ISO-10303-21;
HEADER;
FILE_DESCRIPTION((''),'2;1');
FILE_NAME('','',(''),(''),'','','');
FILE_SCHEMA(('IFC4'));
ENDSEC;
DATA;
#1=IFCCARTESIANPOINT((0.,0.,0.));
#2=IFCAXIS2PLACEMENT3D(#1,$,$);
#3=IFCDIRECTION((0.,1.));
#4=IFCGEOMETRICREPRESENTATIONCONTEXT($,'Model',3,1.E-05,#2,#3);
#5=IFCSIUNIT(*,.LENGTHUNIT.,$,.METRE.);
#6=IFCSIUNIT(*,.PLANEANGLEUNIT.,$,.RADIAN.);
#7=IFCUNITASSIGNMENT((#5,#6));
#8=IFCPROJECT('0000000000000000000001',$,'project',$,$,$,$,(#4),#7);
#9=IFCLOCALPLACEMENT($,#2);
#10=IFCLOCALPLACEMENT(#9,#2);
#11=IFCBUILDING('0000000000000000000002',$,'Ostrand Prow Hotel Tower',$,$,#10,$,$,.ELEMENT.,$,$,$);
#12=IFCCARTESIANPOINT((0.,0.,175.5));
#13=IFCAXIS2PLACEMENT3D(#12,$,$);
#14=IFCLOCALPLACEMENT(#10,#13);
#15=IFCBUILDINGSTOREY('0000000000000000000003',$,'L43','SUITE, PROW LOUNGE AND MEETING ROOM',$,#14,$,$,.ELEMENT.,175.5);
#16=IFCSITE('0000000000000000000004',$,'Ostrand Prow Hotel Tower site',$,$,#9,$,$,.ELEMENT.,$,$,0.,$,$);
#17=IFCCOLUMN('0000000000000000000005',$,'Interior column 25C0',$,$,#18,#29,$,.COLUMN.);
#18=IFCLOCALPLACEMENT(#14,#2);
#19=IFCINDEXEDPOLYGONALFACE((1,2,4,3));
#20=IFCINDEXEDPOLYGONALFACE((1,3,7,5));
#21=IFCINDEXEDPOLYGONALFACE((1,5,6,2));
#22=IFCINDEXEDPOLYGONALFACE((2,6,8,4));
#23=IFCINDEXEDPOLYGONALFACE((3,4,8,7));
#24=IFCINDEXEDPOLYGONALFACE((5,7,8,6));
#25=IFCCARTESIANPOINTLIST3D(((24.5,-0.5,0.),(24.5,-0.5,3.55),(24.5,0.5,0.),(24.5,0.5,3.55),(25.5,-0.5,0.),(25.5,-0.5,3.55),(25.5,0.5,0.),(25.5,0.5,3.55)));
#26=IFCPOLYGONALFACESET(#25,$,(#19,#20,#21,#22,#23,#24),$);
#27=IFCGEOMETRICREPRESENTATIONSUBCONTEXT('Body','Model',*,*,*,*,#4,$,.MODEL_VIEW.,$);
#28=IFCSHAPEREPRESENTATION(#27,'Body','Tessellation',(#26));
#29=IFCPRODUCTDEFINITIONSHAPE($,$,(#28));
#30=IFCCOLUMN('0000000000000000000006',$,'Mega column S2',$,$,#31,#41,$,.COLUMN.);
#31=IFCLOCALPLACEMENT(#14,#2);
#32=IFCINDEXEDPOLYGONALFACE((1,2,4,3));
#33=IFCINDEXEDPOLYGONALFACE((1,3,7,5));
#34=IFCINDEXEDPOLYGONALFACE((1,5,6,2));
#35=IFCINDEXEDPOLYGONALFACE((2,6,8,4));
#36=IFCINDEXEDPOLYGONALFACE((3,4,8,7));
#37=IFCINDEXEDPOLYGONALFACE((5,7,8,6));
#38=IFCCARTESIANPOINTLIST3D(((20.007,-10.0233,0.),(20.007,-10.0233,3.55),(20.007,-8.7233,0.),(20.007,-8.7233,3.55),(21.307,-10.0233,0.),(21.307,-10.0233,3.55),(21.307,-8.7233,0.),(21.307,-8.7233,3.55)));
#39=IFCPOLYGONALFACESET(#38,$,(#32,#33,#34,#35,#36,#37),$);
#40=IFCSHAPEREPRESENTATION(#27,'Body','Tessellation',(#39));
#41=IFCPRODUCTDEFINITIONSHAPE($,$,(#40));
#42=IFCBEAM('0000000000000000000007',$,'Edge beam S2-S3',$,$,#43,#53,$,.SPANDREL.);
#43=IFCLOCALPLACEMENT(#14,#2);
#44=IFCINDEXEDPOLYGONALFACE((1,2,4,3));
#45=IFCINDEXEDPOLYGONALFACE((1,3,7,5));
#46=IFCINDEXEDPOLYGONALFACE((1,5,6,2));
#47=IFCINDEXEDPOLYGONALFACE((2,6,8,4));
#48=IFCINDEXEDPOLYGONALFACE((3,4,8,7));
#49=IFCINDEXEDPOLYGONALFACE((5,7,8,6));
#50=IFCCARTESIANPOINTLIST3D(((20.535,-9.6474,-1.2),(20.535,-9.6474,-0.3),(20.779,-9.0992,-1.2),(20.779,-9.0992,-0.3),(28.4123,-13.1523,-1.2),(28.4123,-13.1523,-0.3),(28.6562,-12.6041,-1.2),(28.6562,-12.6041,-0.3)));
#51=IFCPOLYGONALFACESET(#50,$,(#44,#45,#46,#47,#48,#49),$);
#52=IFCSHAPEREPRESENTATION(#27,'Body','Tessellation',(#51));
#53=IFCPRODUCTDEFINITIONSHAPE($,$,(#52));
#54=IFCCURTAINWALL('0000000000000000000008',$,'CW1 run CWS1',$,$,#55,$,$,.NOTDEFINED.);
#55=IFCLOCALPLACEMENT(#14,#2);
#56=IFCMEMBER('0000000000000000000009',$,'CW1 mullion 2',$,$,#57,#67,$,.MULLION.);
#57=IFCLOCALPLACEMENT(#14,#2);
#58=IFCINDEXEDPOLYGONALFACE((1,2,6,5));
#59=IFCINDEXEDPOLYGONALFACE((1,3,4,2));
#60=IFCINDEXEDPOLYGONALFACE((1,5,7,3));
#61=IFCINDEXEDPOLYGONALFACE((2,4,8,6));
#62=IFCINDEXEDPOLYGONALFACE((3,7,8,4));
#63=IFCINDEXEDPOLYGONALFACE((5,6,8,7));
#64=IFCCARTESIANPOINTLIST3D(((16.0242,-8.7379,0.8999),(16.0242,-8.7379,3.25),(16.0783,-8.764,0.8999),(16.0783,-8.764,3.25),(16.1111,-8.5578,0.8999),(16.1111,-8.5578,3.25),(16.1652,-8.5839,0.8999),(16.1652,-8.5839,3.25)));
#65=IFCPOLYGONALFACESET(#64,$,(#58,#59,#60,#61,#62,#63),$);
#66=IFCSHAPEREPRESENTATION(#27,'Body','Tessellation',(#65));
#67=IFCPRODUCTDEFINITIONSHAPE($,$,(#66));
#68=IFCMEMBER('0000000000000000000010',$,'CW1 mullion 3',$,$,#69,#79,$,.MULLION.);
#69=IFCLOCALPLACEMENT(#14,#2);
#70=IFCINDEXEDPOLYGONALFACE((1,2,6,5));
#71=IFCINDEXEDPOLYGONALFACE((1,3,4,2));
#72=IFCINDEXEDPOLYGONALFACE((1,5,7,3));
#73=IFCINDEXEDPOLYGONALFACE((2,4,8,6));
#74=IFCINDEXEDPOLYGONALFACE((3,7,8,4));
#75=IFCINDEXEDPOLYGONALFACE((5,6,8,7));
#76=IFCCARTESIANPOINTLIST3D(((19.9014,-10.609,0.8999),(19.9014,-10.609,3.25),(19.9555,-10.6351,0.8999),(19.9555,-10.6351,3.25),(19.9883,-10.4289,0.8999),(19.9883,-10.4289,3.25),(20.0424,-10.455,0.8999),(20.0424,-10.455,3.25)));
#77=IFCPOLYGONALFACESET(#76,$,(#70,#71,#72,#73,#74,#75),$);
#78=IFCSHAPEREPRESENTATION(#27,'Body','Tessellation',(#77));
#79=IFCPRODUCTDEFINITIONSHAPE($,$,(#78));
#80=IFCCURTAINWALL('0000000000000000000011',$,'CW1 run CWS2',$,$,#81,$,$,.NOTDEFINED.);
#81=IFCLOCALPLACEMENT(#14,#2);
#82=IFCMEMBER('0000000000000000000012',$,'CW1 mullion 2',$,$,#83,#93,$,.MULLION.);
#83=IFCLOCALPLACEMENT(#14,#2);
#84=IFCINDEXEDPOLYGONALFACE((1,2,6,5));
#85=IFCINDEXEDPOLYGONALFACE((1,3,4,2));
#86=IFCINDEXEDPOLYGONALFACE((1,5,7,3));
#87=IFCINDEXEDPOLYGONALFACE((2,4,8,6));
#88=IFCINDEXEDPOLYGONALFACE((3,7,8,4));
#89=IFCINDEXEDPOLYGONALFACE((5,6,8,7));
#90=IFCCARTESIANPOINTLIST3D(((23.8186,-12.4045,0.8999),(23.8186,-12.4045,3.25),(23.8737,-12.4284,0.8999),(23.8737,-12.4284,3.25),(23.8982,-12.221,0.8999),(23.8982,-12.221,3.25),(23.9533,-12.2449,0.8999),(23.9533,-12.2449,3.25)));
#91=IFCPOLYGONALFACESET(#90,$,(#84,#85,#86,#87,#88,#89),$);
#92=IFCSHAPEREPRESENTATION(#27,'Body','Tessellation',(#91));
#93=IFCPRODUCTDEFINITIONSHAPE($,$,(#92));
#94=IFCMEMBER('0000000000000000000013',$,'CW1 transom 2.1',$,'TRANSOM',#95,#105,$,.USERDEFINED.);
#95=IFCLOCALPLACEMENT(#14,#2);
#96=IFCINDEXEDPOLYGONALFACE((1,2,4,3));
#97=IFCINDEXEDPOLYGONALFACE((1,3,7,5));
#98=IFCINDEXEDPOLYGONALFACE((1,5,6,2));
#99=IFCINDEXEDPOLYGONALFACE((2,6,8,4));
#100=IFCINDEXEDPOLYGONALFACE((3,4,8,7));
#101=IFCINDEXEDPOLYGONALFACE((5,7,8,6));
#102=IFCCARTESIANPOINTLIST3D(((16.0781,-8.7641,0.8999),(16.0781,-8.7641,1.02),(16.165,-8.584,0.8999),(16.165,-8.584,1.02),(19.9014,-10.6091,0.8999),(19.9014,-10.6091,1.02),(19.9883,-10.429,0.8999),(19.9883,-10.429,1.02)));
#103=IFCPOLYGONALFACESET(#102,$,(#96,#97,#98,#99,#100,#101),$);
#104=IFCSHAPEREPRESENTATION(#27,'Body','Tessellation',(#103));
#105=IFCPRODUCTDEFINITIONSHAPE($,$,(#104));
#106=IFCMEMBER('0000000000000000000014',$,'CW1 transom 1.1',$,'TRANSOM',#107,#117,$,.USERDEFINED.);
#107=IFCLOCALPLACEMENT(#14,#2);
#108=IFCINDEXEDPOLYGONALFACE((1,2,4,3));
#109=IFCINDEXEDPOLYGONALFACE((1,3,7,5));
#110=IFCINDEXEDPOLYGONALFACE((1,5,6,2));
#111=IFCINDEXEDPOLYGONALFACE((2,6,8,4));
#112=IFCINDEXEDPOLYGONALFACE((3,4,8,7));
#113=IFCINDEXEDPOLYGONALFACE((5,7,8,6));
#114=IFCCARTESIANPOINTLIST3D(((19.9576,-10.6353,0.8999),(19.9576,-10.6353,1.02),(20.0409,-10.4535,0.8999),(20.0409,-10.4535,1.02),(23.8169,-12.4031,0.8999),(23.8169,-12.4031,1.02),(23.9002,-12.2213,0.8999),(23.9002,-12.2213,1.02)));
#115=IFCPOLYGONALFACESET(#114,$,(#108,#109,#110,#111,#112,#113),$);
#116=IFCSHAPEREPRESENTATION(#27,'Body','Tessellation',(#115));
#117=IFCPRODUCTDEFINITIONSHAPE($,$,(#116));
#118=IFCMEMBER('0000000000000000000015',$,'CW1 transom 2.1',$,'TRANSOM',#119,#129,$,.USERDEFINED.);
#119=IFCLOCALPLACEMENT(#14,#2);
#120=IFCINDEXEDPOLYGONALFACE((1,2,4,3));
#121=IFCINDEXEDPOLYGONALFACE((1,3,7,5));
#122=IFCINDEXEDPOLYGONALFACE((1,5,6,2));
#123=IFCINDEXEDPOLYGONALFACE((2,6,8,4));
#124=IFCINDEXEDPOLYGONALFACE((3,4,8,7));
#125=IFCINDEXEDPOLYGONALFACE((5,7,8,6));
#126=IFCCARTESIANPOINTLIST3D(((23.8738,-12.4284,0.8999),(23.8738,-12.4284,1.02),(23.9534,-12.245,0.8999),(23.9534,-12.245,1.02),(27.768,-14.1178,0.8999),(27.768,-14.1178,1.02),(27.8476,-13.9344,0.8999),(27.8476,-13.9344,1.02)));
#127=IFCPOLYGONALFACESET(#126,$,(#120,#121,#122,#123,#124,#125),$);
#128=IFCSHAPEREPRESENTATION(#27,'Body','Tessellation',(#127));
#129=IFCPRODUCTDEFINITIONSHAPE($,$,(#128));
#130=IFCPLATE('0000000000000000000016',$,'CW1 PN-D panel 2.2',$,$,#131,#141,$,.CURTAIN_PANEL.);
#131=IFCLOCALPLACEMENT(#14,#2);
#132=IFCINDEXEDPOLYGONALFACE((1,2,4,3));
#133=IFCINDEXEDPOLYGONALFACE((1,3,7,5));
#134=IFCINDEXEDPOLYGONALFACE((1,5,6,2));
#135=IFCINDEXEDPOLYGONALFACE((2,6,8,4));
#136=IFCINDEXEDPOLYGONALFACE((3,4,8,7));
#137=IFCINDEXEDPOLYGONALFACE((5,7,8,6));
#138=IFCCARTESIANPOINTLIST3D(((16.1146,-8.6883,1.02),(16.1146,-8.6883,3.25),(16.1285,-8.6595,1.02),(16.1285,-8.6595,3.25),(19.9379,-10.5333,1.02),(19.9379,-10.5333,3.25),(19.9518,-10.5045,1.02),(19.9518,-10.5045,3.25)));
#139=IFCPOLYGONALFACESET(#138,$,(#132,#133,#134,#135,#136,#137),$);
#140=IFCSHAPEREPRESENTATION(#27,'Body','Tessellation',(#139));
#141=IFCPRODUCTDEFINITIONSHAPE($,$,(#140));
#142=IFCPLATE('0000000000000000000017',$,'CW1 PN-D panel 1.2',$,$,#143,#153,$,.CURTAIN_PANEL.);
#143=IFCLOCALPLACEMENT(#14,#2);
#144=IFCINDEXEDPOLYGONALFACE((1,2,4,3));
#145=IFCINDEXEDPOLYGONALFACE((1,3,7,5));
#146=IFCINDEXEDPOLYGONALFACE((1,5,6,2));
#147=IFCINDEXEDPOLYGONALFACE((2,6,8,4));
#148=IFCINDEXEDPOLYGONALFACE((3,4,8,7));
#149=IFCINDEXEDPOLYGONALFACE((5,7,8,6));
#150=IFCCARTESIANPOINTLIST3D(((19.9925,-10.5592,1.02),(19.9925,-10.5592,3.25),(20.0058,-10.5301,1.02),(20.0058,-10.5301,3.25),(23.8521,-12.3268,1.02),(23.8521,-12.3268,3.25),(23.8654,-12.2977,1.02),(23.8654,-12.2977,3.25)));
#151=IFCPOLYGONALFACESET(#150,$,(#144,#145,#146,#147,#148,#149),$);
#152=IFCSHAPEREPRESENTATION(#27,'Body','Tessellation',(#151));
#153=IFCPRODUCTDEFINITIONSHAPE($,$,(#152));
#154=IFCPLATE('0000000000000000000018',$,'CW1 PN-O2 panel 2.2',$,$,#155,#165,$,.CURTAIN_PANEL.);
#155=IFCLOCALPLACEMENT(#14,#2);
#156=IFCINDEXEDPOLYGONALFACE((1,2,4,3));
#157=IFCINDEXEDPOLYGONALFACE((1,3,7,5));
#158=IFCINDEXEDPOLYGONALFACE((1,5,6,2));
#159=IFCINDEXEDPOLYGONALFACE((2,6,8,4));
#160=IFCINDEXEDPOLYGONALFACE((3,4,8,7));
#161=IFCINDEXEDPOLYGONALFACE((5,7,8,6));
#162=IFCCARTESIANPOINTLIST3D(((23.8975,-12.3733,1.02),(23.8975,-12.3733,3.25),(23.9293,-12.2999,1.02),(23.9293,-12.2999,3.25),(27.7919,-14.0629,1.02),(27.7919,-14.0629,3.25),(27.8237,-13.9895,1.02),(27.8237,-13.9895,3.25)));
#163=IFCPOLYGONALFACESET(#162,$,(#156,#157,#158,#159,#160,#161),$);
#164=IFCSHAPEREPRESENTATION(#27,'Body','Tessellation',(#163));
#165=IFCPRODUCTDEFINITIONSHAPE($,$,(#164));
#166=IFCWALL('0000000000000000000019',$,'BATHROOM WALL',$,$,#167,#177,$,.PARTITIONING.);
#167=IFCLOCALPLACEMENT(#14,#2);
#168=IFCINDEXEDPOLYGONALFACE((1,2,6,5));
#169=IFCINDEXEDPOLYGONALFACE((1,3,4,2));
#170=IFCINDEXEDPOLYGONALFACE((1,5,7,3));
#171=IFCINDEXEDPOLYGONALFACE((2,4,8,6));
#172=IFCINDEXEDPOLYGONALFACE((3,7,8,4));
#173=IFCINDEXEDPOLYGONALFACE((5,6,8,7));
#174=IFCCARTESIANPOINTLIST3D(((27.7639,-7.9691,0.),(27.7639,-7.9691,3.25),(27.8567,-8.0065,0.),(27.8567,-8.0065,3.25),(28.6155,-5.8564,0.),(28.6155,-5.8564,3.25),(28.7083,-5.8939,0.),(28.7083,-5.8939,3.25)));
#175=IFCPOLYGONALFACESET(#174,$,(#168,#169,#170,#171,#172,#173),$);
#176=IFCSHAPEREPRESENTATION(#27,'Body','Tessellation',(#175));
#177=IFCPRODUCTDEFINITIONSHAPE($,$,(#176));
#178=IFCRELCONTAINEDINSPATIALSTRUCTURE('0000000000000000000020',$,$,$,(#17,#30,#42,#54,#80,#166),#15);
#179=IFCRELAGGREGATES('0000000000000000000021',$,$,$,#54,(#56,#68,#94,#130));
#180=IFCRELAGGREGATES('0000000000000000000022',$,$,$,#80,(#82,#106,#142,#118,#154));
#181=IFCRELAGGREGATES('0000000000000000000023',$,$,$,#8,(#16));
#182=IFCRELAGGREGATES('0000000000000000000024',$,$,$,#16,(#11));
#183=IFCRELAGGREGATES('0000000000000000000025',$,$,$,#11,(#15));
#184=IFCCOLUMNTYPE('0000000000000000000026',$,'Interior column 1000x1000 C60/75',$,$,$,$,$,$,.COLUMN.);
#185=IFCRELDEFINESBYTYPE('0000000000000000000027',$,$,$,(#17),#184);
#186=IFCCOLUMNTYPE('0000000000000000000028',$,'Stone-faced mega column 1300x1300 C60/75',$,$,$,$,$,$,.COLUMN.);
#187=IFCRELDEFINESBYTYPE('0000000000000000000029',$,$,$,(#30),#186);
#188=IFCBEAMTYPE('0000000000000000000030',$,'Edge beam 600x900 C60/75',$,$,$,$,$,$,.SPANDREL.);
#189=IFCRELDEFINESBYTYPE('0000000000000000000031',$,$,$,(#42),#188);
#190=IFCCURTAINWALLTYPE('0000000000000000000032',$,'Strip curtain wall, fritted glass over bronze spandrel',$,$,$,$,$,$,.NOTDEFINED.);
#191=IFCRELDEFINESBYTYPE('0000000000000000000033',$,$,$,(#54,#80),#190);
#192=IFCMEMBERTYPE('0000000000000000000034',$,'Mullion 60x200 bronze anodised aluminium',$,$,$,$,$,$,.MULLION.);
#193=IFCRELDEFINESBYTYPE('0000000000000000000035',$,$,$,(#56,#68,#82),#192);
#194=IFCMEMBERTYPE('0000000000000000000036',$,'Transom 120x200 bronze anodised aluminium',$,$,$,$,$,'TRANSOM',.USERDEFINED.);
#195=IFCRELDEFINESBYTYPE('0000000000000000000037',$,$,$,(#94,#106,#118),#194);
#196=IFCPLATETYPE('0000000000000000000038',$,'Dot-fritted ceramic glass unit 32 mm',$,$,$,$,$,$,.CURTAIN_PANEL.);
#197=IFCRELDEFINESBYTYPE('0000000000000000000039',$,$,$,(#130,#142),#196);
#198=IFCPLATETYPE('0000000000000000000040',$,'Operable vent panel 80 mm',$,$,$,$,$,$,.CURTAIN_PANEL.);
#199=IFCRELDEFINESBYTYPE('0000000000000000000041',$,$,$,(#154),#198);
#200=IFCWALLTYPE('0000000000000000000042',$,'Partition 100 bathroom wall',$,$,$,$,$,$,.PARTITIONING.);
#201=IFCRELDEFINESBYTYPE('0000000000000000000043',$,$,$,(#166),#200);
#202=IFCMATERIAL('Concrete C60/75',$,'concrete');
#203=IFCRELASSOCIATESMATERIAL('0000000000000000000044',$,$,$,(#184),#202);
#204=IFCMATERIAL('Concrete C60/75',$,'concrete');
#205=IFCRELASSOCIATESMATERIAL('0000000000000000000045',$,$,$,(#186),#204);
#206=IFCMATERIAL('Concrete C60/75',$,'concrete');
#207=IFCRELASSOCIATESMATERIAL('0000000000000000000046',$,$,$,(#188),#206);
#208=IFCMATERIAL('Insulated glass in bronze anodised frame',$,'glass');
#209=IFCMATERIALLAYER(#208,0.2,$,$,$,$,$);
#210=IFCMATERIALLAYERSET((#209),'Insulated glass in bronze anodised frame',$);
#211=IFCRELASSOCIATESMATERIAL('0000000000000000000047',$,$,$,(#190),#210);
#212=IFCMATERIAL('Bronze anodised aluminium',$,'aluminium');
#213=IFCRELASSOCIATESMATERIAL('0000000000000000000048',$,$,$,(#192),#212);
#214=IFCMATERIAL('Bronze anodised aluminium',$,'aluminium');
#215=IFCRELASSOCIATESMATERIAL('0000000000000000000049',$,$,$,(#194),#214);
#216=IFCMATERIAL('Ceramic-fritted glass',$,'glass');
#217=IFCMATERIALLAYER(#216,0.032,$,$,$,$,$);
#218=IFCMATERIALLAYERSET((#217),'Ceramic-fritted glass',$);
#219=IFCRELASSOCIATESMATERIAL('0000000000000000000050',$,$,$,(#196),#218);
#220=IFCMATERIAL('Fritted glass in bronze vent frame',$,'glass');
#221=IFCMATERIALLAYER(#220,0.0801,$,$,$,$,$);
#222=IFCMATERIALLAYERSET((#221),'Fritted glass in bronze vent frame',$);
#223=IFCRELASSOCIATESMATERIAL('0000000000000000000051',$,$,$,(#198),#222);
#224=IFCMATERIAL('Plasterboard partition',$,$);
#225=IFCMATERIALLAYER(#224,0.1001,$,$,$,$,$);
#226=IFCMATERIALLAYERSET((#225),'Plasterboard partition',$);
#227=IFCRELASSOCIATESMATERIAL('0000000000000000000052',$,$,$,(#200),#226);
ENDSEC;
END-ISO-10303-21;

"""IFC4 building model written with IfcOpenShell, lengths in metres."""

from ifc_helpers import new_model, si_unit, direction, frame, frame_2d, origin, origin_2d, place, context, subcontext, project, spatial, rectangle, extrude, material, layer, layer_set, material_profile, profile_set, type_object, element, aggregate, save


model = new_model("IFC4")

# Units and contexts
model_context = context("Model", 3, precision=1e-05, world=origin(), true_north=direction((0.0, 1.0)))
body_context = subcontext(model_context, "Body", "Model", "MODEL_VIEW")
ifc_project = project(units=[si_unit("LENGTHUNIT", "METRE"), si_unit("PLANEANGLEUNIT", "RADIAN")], contexts=[model_context])

# Site, building, storey
site_placement = place(None, origin())
site = spatial("IfcSite", under=ifc_project, at=site_placement, Name="Ostrand Prow Hotel Tower site", CompositionType="ELEMENT", RefElevation=0.0)
building_placement = place(site_placement, origin())
building = spatial("IfcBuilding", under=site, at=building_placement, Name="Ostrand Prow Hotel Tower", CompositionType="ELEMENT")
storey_placement = place(building_placement, frame((0.0, 0.0, 175.5)))
storey = spatial("IfcBuildingStorey", under=building, at=storey_placement, Name="L43", Description="SUITE, PROW LOUNGE AND MEETING ROOM", CompositionType="ELEMENT", Elevation=175.5)

# Columns
ifc_material_1 = material(Name="Concrete C60/75", Category="concrete")
ifc_material_profile_1 = material_profile(ifc_material_1, rectangle(XDim=1.0, YDim=1.0, at=origin_2d()), Name="RC 1000x1000")
ifc_profile_set_1 = profile_set([ifc_material_profile_1], Name="Concrete C60/75")
column_type_1 = type_object("IfcColumnType", Name="Interior column 1000x1000 C60/75", PredefinedType="COLUMN", material=ifc_profile_set_1)
column_1_placement = place(storey_placement, frame((25.0, 0.0, 0.0), z_axis=(0.0, 0.0, 1.0), x_axis=(1.0, 0.0, 0.0)))
element("IfcColumn", 1, at=column_1_placement, inside=storey, type_object=column_type_1, Name="Interior column 25C0", PredefinedType="COLUMN", context=body_context, shape_type="SweptSolid", body=[
    extrude(rectangle(XDim=1.0, YDim=1.0, at=origin_2d()), origin(), (0.0, 0.0, 1.0), 3.55),
])
ifc_material_2 = material(Name="Concrete C60/75", Category="concrete")
ifc_material_profile_2 = material_profile(ifc_material_2, rectangle(XDim=1.3, YDim=1.3, at=origin_2d()), Name="RC 1300x1300")
ifc_profile_set_2 = profile_set([ifc_material_profile_2], Name="Concrete C60/75")
column_type_2 = type_object("IfcColumnType", Name="Stone-faced mega column 1300x1300 C60/75", PredefinedType="COLUMN", material=ifc_profile_set_2)
column_2_placement = place(storey_placement, frame((20.657, -9.3733, 0.0), z_axis=(0.0, 0.0, 1.0), x_axis=(1.0, 0.0, 0.0)))
element("IfcColumn", 2, at=column_2_placement, inside=storey, type_object=column_type_2, Name="Mega column S2", PredefinedType="COLUMN", context=body_context, shape_type="SweptSolid", body=[
    extrude(rectangle(XDim=1.3, YDim=1.3, at=origin_2d()), origin(), (0.0, 0.0, 1.0), 3.55),
])

# Beam
ifc_material_3 = material(Name="Concrete C60/75", Category="concrete")
ifc_material_profile_3 = material_profile(ifc_material_3, rectangle(XDim=0.6001, YDim=0.8999, at=origin_2d()), Name="RC 600x900")
ifc_profile_set_3 = profile_set([ifc_material_profile_3], Name="Concrete C60/75")
beam_type = type_object("IfcBeamType", Name="Edge beam 600x900 C60/75", PredefinedType="SPANDREL", material=ifc_profile_set_3)
beam_placement = place(storey_placement, frame((20.657, -9.3733, -0.75), z_axis=(0.913643, -0.406517, 0.0), x_axis=(0.406517, 0.913643, 0.0)))
element("IfcBeam", 3, at=beam_placement, inside=storey, type_object=beam_type, Name="Edge beam S2-S3", PredefinedType="SPANDREL", context=body_context, shape_type="SweptSolid", body=[
    extrude(rectangle(XDim=0.6001, YDim=0.8999, at=origin_2d()), origin(), (0.0, 0.0, 1.0), 8.6218),
])

# Curtain wall, members
ifc_material_4 = material(Name="Insulated glass in bronze anodised frame", Category="glass")
ifc_layer_1 = layer(ifc_material_4, 0.2)
ifc_layer_set_1 = layer_set([ifc_layer_1], Name="Insulated glass in bronze anodised frame")
curtain_wall_type = type_object("IfcCurtainWallType", Name="Strip curtain wall, fritted glass over bronze spandrel", PredefinedType="NOTDEFINED", material=ifc_layer_set_1)
curtain_wall_1_placement = place(storey_placement, origin())
curtain_wall_1 = element("IfcCurtainWall", 4, at=curtain_wall_1_placement, inside=storey, type_object=curtain_wall_type, Name="CW1 run CWS1", PredefinedType="NOTDEFINED")
ifc_material_5 = material(Name="Bronze anodised aluminium", Category="aluminium")
ifc_material_profile_4 = material_profile(ifc_material_5, rectangle(XDim=0.2, YDim=0.0601, at=origin_2d()), Name="Mullion 60x200 bronze anodised aluminium")
ifc_profile_set_4 = profile_set([ifc_material_profile_4], Name="Bronze anodised aluminium")
member_type_1 = type_object("IfcMemberType", Name="Mullion 60x200 bronze anodised aluminium", PredefinedType="MULLION", material=ifc_profile_set_4)
member_1_placement = place(storey_placement, frame((16.0947, -8.6609, 0.8999), z_axis=(0.0, 0.0, 1.0), x_axis=(0.434615, 0.900616, 0.0)))
member_1 = element("IfcMember", 5, at=member_1_placement, type_object=member_type_1, Name="CW1 mullion 2", PredefinedType="MULLION", context=body_context, shape_type="SweptSolid", body=[
    extrude(rectangle(XDim=0.2, YDim=0.0601, at=origin_2d()), origin(), (0.0, 0.0, 1.0), 2.3501),
])
member_2_placement = place(storey_placement, frame((19.9719, -10.532, 0.8999), z_axis=(0.0, 0.0, 1.0), x_axis=(0.434615, 0.900616, 0.0)))
member_2 = element("IfcMember", 6, at=member_2_placement, type_object=member_type_1, Name="CW1 mullion 3", PredefinedType="MULLION", context=body_context, shape_type="SweptSolid", body=[
    extrude(rectangle(XDim=0.2, YDim=0.0601, at=origin_2d()), origin(), (0.0, 0.0, 1.0), 2.3501),
])

# Curtain wall, member
curtain_wall_2_placement = place(storey_placement, origin())
curtain_wall_2 = element("IfcCurtainWall", 7, at=curtain_wall_2_placement, inside=storey, type_object=curtain_wall_type, Name="CW1 run CWS2", PredefinedType="NOTDEFINED")
member_3_placement = place(storey_placement, frame((23.886, -12.3247, 0.8999), z_axis=(0.0, 0.0, 1.0), x_axis=(0.398005, 0.917383, 0.0)))
member_3 = element("IfcMember", 8, at=member_3_placement, type_object=member_type_1, Name="CW1 mullion 2", PredefinedType="MULLION", context=body_context, shape_type="SweptSolid", body=[
    extrude(rectangle(XDim=0.2, YDim=0.0601, at=origin_2d()), origin(), (0.0, 0.0, 1.0), 2.3501),
])

# Members
ifc_material_6 = material(Name="Bronze anodised aluminium", Category="aluminium")
ifc_material_profile_5 = material_profile(ifc_material_6, rectangle(XDim=0.2, YDim=0.1201, at=origin_2d()), Name="Transom 120x200 bronze anodised aluminium")
ifc_profile_set_5 = profile_set([ifc_material_profile_5], Name="Bronze anodised aluminium")
member_type_2 = type_object("IfcMemberType", Name="Transom 120x200 bronze anodised aluminium", ElementType="TRANSOM", PredefinedType="USERDEFINED", material=ifc_profile_set_5)
member_4_placement = place(storey_placement, frame((16.1216, -8.6741, 0.96), z_axis=(0.900619, -0.434609, 0.0), x_axis=(0.434609, 0.900619, 0.0)))
member_4 = element("IfcMember", 9, at=member_4_placement, type_object=member_type_2, Name="CW1 transom 2.1", ObjectType="TRANSOM", PredefinedType="USERDEFINED", context=body_context, shape_type="SweptSolid", body=[
    extrude(rectangle(XDim=0.2, YDim=0.1201, at=origin_2d()), origin(), (0.0, 0.0, 1.0), 4.2451),
])
member_5_placement = place(storey_placement, frame((19.9993, -10.5444, 0.96), z_axis=(0.909159, -0.416449, 0.0), x_axis=(0.416449, 0.909159, 0.0)))
member_5 = element("IfcMember", 10, at=member_5_placement, type_object=member_type_2, Name="CW1 transom 1.1", ObjectType="TRANSOM", PredefinedType="USERDEFINED", context=body_context, shape_type="SweptSolid", body=[
    extrude(rectangle(XDim=0.2, YDim=0.1201, at=origin_2d()), origin(), (0.0, 0.0, 1.0), 4.2449),
])
member_6_placement = place(storey_placement, frame((23.9136, -12.3367, 0.96), z_axis=(0.91739, -0.39799, 0.0), x_axis=(0.39799, 0.91739, 0.0)))
member_6 = element("IfcMember", 11, at=member_6_placement, type_object=member_type_2, Name="CW1 transom 2.1", ObjectType="TRANSOM", PredefinedType="USERDEFINED", context=body_context, shape_type="SweptSolid", body=[
    extrude(rectangle(XDim=0.2, YDim=0.1201, at=origin_2d()), origin(), (0.0, 0.0, 1.0), 4.2449),
])

# Plates
ifc_material_7 = material(Name="Ceramic-fritted glass", Category="glass")
ifc_layer_2 = layer(ifc_material_7, 0.032)
ifc_layer_set_2 = layer_set([ifc_layer_2], Name="Ceramic-fritted glass")
plate_type_1 = type_object("IfcPlateType", Name="Dot-fritted ceramic glass unit 32 mm", PredefinedType="CURTAIN_PANEL", material=ifc_layer_set_2)
plate_1_placement = place(storey_placement, frame((18.0332, -9.5964, 1.02), z_axis=(0.0, 0.0, 1.0), x_axis=(0.900616, -0.434615, 0.0)))
plate_1 = element("IfcPlate", 12, at=plate_1_placement, type_object=plate_type_1, Name="CW1 PN-D panel 2.2", PredefinedType="CURTAIN_PANEL", context=body_context, shape_type="SweptSolid", body=[
    extrude(rectangle(XDim=4.2451, YDim=0.032, at=origin_2d()), origin(), (0.0, 0.0, 1.0), 2.23),
])
aggregate(curtain_wall_1, [member_1, member_2, member_4, plate_1])
plate_2_placement = place(storey_placement, frame((21.929, -11.4285, 1.02), z_axis=(0.0, 0.0, 1.0), x_axis=(0.909185, -0.416393, 0.0)))
plate_2 = element("IfcPlate", 13, at=plate_2_placement, type_object=plate_type_1, Name="CW1 PN-D panel 1.2", PredefinedType="CURTAIN_PANEL", context=body_context, shape_type="SweptSolid", body=[
    extrude(rectangle(XDim=4.2451, YDim=0.032, at=origin_2d()), origin(), (0.0, 0.0, 1.0), 2.23),
])
ifc_material_8 = material(Name="Fritted glass in bronze vent frame", Category="glass")
ifc_layer_3 = layer(ifc_material_8, 0.0801)
ifc_layer_set_3 = layer_set([ifc_layer_3], Name="Fritted glass in bronze vent frame")
plate_type_2 = type_object("IfcPlateType", Name="Operable vent panel 80 mm", PredefinedType="CURTAIN_PANEL", material=ifc_layer_set_3)
plate_3_placement = place(storey_placement, frame((25.8606, -13.1814, 1.02), z_axis=(0.0, 0.0, 1.0), x_axis=(0.917383, -0.398005, 0.0)))
plate_3 = element("IfcPlate", 14, at=plate_3_placement, type_object=plate_type_2, Name="CW1 PN-O2 panel 2.2", PredefinedType="CURTAIN_PANEL", context=body_context, shape_type="SweptSolid", body=[
    extrude(rectangle(XDim=4.2451, YDim=0.0801, at=origin_2d()), origin(), (0.0, 0.0, 1.0), 2.23),
])
aggregate(curtain_wall_2, [member_3, member_5, plate_2, member_6, plate_3])

# Wall
ifc_material_9 = material(Name="Plasterboard partition")
ifc_layer_4 = layer(ifc_material_9, 0.1001)
ifc_layer_set_4 = layer_set([ifc_layer_4], Name="Plasterboard partition")
wall_type_1 = type_object("IfcWallType", Name="Partition 100 bathroom wall", PredefinedType="PARTITIONING", material=ifc_layer_set_4)
wall_1_placement = place(storey_placement, frame((27.8103, -7.9878, 0.0), z_axis=(0.0, 0.0, 1.0), x_axis=(0.373866, 0.927483, 0.0)))
element("IfcWall", 15, at=wall_1_placement, inside=storey, type_object=wall_type_1, Name="BATHROOM WALL", PredefinedType="PARTITIONING", context=body_context, shape_type="SweptSolid", body=[
    extrude(rectangle(XDim=2.2778, YDim=0.1001, at=frame_2d((1.1389, 0.0))), origin(), (0.0, 0.0, 1.0), 3.25),
])

save(model, "model.ifc")
